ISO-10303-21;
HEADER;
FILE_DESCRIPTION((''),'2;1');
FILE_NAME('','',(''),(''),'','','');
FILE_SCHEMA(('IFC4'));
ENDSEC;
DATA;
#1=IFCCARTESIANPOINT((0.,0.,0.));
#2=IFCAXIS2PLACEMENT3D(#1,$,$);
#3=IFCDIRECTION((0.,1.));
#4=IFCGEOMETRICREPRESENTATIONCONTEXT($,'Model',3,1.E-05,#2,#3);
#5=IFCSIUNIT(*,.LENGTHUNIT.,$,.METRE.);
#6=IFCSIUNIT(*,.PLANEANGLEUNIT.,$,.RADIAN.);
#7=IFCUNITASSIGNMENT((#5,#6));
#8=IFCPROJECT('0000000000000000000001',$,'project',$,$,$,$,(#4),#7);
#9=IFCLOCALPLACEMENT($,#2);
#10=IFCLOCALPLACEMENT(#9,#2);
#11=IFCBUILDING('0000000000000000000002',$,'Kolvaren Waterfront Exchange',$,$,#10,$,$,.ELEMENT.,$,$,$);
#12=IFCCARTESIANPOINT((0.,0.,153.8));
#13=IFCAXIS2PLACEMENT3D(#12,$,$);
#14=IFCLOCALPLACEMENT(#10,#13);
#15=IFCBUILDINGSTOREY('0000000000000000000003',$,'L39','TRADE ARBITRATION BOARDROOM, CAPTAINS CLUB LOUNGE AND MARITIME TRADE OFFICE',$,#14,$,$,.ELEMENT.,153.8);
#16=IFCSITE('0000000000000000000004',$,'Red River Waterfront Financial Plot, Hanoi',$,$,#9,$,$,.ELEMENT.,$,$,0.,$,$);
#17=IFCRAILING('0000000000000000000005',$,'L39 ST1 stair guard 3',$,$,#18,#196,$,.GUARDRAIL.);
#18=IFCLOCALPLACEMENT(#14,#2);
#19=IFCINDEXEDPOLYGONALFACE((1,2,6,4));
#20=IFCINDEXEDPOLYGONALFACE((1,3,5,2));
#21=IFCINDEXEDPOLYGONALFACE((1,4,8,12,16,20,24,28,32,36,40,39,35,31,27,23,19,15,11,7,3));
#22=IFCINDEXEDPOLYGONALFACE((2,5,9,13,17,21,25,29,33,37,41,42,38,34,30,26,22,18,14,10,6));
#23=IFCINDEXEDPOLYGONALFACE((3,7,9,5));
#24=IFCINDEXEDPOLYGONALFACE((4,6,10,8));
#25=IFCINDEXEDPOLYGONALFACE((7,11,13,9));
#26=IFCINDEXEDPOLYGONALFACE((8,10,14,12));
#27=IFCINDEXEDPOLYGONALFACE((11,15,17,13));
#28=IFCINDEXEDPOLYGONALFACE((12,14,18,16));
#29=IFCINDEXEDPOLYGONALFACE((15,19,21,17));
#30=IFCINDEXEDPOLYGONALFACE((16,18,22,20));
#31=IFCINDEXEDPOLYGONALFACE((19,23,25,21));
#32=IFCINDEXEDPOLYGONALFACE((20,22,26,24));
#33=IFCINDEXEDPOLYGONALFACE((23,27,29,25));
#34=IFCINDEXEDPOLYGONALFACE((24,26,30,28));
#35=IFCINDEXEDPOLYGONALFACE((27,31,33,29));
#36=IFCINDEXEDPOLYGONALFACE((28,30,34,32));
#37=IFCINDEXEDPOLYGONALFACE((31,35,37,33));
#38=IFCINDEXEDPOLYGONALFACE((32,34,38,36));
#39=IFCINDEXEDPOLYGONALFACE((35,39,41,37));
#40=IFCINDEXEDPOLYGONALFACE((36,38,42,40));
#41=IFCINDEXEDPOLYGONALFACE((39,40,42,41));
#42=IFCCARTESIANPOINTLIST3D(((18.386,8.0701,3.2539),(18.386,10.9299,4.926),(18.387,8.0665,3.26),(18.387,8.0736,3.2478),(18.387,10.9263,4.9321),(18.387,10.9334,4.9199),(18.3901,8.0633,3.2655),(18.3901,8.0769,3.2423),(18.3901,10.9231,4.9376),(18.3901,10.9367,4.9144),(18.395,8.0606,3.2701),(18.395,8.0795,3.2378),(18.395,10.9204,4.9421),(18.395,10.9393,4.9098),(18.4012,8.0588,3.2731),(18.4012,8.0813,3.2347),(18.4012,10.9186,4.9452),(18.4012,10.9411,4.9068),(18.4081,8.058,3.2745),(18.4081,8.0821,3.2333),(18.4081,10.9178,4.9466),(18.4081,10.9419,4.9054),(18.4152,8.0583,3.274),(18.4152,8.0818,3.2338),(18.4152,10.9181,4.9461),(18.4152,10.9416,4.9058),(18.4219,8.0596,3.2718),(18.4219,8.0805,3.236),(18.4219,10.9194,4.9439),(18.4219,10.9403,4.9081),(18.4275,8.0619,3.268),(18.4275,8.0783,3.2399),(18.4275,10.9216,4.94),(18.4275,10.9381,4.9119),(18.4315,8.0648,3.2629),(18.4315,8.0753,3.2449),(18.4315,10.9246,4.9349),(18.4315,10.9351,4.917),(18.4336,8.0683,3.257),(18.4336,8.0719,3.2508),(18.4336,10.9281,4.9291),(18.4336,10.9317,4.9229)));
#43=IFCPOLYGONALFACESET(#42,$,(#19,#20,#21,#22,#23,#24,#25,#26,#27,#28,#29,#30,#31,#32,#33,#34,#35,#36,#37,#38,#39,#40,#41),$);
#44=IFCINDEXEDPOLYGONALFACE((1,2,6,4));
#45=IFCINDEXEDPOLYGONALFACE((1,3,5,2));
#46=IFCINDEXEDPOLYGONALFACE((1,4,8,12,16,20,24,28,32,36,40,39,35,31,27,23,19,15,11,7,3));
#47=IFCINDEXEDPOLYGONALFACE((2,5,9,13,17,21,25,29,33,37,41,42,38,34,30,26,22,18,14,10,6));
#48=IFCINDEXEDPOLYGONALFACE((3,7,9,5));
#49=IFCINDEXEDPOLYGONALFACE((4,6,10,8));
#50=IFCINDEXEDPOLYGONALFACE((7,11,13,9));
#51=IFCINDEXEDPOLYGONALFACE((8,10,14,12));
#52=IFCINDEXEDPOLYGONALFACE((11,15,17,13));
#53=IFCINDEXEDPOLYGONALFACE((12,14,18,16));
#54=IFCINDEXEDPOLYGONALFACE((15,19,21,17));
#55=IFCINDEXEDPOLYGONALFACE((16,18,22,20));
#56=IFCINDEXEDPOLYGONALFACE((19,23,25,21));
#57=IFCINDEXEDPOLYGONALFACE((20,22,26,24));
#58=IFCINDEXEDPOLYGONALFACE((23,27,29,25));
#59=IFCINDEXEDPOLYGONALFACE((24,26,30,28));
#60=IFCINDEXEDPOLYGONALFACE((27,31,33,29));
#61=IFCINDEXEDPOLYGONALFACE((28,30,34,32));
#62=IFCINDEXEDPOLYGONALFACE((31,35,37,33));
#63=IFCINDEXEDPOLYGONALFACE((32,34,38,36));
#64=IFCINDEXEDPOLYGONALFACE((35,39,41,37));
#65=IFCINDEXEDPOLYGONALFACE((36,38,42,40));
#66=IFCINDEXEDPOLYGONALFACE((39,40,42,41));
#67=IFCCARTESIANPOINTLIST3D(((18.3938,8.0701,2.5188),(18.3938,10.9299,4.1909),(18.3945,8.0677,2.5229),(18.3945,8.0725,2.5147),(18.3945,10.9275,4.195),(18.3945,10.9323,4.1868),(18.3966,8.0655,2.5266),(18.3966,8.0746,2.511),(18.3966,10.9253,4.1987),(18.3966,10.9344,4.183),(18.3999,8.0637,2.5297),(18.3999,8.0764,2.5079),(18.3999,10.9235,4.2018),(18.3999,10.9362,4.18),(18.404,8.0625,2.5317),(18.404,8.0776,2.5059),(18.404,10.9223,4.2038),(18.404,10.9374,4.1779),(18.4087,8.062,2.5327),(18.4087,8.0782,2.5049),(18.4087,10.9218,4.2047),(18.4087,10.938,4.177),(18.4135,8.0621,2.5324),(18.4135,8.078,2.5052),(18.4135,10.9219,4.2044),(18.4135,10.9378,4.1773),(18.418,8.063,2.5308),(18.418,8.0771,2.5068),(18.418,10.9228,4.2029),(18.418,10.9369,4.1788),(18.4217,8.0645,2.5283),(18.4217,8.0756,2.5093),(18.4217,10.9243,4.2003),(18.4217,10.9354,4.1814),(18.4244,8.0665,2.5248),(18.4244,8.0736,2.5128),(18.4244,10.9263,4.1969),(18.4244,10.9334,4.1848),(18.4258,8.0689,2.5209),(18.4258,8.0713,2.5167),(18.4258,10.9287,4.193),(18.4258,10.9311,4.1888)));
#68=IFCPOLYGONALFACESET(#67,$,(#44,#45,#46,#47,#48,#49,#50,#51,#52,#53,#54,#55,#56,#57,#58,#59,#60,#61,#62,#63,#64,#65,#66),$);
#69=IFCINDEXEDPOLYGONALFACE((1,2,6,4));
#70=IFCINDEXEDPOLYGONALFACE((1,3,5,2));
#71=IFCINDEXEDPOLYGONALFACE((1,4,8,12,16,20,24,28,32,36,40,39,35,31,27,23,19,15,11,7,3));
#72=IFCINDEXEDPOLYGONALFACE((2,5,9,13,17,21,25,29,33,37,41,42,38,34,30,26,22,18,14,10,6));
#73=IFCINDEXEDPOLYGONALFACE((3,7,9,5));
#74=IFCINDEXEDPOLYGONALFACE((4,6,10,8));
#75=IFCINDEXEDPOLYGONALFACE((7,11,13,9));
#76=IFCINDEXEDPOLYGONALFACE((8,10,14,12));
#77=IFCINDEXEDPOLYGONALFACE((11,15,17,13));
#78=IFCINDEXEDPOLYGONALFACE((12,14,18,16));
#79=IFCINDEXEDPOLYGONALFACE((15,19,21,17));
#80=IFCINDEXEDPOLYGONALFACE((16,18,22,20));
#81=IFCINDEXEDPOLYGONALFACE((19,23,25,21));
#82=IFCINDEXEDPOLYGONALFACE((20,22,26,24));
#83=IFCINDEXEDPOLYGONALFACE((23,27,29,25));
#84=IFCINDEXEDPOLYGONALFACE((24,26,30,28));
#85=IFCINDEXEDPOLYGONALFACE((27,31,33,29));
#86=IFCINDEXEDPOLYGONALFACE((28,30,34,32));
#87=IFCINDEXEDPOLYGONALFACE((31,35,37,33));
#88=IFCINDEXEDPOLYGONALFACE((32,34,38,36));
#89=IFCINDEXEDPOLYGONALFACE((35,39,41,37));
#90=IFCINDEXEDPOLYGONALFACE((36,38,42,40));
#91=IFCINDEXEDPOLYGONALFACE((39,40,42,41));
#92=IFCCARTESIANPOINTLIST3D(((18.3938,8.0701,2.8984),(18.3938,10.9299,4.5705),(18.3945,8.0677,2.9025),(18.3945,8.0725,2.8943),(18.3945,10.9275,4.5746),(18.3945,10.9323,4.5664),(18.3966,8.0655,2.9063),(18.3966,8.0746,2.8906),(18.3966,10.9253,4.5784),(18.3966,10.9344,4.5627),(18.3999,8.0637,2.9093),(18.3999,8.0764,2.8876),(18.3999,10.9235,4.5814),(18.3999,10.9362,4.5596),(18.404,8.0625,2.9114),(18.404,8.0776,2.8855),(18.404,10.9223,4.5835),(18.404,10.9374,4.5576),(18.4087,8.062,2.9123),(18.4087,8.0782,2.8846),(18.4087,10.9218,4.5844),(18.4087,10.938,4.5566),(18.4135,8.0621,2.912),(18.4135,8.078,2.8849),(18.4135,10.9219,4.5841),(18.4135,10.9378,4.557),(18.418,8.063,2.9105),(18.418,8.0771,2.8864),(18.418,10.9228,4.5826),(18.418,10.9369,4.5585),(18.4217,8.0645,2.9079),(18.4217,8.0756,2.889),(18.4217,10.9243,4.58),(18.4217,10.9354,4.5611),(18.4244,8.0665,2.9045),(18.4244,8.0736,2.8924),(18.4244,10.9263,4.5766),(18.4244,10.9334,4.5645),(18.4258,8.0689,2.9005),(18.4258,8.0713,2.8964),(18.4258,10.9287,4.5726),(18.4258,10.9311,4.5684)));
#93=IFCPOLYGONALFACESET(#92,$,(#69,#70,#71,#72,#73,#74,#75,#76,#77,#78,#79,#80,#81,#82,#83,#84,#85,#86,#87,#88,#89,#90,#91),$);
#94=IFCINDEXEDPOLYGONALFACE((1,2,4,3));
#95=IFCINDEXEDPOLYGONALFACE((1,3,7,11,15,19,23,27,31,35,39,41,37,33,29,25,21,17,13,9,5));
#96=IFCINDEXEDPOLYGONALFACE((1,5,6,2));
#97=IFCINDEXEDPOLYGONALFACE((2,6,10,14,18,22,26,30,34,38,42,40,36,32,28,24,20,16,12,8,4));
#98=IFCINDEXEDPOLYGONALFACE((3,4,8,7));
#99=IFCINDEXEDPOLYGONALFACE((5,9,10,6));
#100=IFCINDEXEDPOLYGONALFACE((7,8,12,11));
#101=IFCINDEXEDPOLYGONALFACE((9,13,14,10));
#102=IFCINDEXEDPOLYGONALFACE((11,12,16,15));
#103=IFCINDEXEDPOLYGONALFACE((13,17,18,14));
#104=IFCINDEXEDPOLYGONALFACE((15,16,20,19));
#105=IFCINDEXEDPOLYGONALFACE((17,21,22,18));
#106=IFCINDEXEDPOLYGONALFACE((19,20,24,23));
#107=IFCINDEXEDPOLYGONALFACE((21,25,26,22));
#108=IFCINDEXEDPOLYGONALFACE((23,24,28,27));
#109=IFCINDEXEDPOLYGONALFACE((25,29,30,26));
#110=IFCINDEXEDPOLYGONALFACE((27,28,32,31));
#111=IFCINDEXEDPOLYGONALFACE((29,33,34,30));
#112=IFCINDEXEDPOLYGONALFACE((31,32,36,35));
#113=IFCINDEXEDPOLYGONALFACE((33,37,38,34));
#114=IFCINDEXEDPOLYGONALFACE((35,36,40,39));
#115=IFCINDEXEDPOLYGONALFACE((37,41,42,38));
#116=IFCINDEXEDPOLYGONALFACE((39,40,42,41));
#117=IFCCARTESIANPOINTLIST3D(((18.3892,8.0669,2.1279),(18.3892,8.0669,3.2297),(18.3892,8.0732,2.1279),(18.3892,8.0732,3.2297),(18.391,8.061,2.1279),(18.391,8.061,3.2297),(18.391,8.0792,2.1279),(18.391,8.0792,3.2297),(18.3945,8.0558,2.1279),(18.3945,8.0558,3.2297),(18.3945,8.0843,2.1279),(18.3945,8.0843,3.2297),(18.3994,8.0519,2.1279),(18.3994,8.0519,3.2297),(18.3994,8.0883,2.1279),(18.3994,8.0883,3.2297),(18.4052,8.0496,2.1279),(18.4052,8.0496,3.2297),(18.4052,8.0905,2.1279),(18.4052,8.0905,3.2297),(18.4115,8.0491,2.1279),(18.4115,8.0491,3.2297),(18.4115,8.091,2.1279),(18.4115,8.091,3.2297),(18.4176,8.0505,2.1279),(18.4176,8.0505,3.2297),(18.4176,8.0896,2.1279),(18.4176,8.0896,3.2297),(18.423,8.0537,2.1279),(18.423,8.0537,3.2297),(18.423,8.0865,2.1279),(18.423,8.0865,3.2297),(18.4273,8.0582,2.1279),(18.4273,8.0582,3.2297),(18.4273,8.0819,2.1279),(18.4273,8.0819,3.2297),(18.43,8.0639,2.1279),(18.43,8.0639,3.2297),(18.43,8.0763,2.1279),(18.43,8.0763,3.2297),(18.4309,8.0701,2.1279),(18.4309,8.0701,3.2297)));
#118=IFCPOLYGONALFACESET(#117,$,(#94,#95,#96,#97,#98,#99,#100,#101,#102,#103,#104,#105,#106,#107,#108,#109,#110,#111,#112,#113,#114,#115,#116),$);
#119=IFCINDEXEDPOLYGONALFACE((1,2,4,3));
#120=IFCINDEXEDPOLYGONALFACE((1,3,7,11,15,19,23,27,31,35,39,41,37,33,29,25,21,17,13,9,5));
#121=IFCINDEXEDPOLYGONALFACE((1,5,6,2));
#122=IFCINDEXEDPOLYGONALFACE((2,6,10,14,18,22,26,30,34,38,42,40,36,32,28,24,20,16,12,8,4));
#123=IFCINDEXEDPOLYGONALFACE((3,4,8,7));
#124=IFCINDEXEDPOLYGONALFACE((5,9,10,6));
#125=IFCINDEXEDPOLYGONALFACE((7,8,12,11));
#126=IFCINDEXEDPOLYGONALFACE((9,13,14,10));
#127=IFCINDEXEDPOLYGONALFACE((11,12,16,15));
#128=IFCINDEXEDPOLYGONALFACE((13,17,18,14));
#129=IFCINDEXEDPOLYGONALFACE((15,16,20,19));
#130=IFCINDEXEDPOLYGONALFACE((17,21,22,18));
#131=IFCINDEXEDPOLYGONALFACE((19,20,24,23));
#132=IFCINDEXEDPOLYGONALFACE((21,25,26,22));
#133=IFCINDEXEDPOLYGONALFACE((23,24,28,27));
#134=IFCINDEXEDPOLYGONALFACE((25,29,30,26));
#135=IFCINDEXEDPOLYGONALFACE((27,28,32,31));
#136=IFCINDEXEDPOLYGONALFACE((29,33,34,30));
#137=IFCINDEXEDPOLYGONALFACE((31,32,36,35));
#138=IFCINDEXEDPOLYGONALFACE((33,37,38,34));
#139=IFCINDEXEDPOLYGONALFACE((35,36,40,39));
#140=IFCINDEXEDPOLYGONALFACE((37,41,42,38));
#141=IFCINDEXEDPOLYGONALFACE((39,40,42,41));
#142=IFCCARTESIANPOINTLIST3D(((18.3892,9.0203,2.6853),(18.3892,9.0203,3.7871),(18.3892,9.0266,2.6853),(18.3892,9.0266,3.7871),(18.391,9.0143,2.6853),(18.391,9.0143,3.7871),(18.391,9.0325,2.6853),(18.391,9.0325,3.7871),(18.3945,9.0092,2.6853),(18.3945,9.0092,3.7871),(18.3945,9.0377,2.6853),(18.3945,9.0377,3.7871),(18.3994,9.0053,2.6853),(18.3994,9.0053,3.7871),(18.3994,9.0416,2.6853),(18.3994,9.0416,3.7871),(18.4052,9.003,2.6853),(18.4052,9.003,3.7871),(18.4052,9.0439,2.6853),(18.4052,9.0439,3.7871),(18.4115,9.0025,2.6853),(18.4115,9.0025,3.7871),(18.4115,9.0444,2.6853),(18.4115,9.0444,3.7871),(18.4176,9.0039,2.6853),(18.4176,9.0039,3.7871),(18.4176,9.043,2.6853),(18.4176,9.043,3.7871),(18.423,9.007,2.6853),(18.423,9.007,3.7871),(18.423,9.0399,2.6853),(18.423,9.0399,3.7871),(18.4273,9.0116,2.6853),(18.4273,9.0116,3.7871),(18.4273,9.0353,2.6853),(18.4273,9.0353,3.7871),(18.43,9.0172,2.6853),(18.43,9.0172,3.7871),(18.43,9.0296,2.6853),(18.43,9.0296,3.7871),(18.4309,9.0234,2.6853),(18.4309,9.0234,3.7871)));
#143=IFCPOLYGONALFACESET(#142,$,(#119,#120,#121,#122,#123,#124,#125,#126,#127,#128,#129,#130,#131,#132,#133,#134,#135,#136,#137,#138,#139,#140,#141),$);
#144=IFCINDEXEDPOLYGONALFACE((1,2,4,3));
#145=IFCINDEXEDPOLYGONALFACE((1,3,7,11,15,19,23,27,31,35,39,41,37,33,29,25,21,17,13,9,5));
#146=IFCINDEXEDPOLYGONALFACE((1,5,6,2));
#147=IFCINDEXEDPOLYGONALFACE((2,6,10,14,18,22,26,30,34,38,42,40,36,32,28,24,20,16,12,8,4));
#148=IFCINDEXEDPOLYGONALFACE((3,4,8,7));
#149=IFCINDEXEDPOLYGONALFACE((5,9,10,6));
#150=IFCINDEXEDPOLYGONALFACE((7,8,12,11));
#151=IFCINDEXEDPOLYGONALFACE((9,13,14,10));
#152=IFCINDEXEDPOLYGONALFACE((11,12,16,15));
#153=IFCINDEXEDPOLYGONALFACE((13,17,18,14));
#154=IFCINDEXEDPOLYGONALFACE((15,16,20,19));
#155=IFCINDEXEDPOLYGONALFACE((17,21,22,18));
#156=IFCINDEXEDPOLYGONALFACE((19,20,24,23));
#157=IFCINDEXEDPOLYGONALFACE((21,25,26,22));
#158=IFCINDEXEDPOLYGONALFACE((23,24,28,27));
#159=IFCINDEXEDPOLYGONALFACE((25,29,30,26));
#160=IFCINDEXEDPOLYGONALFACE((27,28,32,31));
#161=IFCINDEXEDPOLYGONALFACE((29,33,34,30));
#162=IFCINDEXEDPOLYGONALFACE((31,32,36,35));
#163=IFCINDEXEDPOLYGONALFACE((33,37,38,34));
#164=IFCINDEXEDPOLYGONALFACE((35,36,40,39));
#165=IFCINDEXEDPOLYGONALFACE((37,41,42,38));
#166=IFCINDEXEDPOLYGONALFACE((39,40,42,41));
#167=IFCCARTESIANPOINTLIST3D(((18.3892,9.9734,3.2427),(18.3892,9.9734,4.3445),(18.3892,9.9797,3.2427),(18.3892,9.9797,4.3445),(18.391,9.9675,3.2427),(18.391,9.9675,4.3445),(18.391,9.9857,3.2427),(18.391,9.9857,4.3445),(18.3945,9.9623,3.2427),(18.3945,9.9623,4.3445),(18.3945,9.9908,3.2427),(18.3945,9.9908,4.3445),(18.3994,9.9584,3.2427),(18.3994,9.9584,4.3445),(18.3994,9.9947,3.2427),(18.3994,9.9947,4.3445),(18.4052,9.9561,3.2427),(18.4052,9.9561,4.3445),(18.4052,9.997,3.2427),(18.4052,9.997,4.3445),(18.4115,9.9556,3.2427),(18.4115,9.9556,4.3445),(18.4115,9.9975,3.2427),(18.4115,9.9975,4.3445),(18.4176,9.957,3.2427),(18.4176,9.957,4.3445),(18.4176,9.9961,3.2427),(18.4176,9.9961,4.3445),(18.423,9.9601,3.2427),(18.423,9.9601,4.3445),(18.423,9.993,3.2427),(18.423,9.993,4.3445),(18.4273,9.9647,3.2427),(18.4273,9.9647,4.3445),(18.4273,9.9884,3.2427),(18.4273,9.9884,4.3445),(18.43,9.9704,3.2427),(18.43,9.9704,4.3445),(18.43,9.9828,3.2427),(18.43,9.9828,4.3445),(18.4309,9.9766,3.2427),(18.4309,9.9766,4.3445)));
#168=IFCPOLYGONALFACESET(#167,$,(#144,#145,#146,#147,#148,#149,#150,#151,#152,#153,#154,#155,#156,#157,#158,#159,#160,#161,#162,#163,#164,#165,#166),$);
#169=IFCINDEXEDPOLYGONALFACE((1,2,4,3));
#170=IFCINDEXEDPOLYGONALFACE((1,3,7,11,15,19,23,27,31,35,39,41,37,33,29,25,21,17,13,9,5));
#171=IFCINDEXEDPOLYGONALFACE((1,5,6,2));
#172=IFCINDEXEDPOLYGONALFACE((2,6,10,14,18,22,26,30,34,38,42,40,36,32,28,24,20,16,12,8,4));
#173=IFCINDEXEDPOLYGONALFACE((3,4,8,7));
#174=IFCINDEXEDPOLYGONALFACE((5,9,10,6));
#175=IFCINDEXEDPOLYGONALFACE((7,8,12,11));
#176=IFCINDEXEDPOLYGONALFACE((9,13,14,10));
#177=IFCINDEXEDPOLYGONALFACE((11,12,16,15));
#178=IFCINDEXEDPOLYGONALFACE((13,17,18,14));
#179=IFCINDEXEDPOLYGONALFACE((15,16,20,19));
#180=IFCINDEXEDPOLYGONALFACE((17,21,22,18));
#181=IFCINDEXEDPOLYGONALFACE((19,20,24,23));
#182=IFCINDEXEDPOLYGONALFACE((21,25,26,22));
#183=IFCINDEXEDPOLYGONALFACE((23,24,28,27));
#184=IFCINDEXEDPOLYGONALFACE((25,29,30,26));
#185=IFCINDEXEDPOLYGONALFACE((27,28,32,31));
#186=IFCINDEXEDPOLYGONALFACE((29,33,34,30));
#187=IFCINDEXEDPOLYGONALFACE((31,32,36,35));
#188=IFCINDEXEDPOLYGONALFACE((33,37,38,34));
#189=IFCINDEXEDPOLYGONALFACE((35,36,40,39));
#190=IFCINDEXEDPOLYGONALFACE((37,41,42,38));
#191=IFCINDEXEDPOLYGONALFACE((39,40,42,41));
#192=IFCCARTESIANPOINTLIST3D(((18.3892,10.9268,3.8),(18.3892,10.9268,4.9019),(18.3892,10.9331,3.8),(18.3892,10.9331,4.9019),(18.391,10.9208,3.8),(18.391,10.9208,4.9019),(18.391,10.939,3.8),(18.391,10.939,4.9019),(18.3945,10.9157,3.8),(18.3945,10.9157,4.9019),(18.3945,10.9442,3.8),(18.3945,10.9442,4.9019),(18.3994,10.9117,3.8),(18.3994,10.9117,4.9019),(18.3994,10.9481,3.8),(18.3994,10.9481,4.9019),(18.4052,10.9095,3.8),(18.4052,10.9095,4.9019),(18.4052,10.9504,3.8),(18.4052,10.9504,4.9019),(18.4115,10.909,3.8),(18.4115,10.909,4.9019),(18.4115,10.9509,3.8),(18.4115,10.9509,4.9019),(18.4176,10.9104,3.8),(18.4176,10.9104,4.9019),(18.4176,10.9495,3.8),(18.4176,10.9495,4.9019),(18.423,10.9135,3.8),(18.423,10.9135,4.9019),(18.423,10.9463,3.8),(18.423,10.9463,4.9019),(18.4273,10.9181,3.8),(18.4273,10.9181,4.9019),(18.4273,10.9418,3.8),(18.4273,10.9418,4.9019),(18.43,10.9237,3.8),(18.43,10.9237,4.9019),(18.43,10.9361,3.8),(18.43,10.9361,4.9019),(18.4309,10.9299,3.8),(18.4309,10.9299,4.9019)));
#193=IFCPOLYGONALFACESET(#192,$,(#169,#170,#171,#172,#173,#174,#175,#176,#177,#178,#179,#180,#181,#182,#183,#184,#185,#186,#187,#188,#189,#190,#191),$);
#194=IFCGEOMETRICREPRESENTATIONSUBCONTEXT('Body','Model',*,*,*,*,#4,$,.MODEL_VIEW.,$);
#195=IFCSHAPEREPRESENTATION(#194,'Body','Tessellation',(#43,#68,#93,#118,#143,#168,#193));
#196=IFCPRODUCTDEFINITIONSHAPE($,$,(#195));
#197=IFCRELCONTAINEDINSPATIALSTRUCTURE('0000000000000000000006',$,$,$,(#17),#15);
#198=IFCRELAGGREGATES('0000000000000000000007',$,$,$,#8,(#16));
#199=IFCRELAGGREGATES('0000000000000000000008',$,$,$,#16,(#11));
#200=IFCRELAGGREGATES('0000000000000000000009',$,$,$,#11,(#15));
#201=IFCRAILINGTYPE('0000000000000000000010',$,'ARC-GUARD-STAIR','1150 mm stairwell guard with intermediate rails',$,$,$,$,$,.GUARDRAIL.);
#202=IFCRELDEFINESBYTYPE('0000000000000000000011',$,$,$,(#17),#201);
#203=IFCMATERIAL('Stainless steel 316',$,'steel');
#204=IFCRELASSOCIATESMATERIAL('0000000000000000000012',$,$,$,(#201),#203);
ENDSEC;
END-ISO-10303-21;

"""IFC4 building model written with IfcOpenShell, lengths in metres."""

from ifc_helpers import new_model, si_unit, direction, frame, origin, origin_2d, place, context, subcontext, project, spatial, circle, extrude, material, type_object, element, save


model = new_model("IFC4")

# Units and contexts
model_context = context("Model", 3, precision=1e-05, world=origin(), true_north=direction((0.0, 1.0)))
body_context = subcontext(model_context, "Body", "Model", "MODEL_VIEW")
ifc_project = project(units=[si_unit("LENGTHUNIT", "METRE"), si_unit("PLANEANGLEUNIT", "RADIAN")], contexts=[model_context])

# Site, building, storey
site_placement = place(None, origin())
site = spatial("IfcSite", under=ifc_project, at=site_placement, Name="Red River Waterfront Financial Plot, Hanoi", CompositionType="ELEMENT", RefElevation=0.0)
building_placement = place(site_placement, origin())
building = spatial("IfcBuilding", under=site, at=building_placement, Name="Kolvaren Waterfront Exchange", CompositionType="ELEMENT")
storey_placement = place(building_placement, frame((0.0, 0.0, 153.8)))
storey = spatial("IfcBuildingStorey", under=building, at=storey_placement, Name="L39", Description="TRADE ARBITRATION BOARDROOM, CAPTAINS CLUB LOUNGE AND MARITIME TRADE OFFICE", CompositionType="ELEMENT", Elevation=153.8)

# Railing
ifc_material_1 = material(Name="Stainless steel 316", Category="steel")
railing_type_1 = type_object("IfcRailingType", Name="ARC-GUARD-STAIR", Description="1150 mm stairwell guard with intermediate rails", PredefinedType="GUARDRAIL", material=ifc_material_1)
railing_1_placement = place(storey_placement, frame((18.4099, 8.0701, 2.1279)))
element("IfcRailing", 1, at=railing_1_placement, inside=storey, type_object=railing_type_1, Name="L39 ST1 stair guard 3", PredefinedType="GUARDRAIL", context=body_context, shape_type="SweptSolid", body=[
    extrude(circle(Radius=0.0239, at=origin_2d()), frame((0.0, 0.0, 1.126), z_axis=(0.0, 0.863271, 0.504741), x_axis=(-1.0, 0.0, 0.0)), (0.0, 0.0, 1.0), 3.3127),
    extrude(circle(Radius=0.0161, at=origin_2d()), frame((0.0, 0.0, 0.3909), z_axis=(0.0, 0.863271, 0.504741), x_axis=(-1.0, 0.0, 0.0)), (0.0, 0.0, 1.0), 3.3127),
    extrude(circle(Radius=0.0161, at=origin_2d()), frame((0.0, 0.0, 0.7705), z_axis=(0.0, 0.863271, 0.504741), x_axis=(-1.0, 0.0, 0.0)), (0.0, 0.0, 1.0), 3.3127),
    extrude(circle(Radius=0.021, at=origin_2d()), origin(), (0.0, 0.0, 1.0), 1.1018),
    extrude(circle(Radius=0.021, at=origin_2d()), frame((0.0, 0.9534, 0.5574)), (0.0, 0.0, 1.0), 1.1018),
    extrude(circle(Radius=0.021, at=origin_2d()), frame((0.0, 1.9065, 1.1147)), (0.0, 0.0, 1.0), 1.1018),
    extrude(circle(Radius=0.021, at=origin_2d()), frame((0.0, 2.8599, 1.6721)), (0.0, 0.0, 1.0), 1.1018),
])

save(model, "model.ifc")
